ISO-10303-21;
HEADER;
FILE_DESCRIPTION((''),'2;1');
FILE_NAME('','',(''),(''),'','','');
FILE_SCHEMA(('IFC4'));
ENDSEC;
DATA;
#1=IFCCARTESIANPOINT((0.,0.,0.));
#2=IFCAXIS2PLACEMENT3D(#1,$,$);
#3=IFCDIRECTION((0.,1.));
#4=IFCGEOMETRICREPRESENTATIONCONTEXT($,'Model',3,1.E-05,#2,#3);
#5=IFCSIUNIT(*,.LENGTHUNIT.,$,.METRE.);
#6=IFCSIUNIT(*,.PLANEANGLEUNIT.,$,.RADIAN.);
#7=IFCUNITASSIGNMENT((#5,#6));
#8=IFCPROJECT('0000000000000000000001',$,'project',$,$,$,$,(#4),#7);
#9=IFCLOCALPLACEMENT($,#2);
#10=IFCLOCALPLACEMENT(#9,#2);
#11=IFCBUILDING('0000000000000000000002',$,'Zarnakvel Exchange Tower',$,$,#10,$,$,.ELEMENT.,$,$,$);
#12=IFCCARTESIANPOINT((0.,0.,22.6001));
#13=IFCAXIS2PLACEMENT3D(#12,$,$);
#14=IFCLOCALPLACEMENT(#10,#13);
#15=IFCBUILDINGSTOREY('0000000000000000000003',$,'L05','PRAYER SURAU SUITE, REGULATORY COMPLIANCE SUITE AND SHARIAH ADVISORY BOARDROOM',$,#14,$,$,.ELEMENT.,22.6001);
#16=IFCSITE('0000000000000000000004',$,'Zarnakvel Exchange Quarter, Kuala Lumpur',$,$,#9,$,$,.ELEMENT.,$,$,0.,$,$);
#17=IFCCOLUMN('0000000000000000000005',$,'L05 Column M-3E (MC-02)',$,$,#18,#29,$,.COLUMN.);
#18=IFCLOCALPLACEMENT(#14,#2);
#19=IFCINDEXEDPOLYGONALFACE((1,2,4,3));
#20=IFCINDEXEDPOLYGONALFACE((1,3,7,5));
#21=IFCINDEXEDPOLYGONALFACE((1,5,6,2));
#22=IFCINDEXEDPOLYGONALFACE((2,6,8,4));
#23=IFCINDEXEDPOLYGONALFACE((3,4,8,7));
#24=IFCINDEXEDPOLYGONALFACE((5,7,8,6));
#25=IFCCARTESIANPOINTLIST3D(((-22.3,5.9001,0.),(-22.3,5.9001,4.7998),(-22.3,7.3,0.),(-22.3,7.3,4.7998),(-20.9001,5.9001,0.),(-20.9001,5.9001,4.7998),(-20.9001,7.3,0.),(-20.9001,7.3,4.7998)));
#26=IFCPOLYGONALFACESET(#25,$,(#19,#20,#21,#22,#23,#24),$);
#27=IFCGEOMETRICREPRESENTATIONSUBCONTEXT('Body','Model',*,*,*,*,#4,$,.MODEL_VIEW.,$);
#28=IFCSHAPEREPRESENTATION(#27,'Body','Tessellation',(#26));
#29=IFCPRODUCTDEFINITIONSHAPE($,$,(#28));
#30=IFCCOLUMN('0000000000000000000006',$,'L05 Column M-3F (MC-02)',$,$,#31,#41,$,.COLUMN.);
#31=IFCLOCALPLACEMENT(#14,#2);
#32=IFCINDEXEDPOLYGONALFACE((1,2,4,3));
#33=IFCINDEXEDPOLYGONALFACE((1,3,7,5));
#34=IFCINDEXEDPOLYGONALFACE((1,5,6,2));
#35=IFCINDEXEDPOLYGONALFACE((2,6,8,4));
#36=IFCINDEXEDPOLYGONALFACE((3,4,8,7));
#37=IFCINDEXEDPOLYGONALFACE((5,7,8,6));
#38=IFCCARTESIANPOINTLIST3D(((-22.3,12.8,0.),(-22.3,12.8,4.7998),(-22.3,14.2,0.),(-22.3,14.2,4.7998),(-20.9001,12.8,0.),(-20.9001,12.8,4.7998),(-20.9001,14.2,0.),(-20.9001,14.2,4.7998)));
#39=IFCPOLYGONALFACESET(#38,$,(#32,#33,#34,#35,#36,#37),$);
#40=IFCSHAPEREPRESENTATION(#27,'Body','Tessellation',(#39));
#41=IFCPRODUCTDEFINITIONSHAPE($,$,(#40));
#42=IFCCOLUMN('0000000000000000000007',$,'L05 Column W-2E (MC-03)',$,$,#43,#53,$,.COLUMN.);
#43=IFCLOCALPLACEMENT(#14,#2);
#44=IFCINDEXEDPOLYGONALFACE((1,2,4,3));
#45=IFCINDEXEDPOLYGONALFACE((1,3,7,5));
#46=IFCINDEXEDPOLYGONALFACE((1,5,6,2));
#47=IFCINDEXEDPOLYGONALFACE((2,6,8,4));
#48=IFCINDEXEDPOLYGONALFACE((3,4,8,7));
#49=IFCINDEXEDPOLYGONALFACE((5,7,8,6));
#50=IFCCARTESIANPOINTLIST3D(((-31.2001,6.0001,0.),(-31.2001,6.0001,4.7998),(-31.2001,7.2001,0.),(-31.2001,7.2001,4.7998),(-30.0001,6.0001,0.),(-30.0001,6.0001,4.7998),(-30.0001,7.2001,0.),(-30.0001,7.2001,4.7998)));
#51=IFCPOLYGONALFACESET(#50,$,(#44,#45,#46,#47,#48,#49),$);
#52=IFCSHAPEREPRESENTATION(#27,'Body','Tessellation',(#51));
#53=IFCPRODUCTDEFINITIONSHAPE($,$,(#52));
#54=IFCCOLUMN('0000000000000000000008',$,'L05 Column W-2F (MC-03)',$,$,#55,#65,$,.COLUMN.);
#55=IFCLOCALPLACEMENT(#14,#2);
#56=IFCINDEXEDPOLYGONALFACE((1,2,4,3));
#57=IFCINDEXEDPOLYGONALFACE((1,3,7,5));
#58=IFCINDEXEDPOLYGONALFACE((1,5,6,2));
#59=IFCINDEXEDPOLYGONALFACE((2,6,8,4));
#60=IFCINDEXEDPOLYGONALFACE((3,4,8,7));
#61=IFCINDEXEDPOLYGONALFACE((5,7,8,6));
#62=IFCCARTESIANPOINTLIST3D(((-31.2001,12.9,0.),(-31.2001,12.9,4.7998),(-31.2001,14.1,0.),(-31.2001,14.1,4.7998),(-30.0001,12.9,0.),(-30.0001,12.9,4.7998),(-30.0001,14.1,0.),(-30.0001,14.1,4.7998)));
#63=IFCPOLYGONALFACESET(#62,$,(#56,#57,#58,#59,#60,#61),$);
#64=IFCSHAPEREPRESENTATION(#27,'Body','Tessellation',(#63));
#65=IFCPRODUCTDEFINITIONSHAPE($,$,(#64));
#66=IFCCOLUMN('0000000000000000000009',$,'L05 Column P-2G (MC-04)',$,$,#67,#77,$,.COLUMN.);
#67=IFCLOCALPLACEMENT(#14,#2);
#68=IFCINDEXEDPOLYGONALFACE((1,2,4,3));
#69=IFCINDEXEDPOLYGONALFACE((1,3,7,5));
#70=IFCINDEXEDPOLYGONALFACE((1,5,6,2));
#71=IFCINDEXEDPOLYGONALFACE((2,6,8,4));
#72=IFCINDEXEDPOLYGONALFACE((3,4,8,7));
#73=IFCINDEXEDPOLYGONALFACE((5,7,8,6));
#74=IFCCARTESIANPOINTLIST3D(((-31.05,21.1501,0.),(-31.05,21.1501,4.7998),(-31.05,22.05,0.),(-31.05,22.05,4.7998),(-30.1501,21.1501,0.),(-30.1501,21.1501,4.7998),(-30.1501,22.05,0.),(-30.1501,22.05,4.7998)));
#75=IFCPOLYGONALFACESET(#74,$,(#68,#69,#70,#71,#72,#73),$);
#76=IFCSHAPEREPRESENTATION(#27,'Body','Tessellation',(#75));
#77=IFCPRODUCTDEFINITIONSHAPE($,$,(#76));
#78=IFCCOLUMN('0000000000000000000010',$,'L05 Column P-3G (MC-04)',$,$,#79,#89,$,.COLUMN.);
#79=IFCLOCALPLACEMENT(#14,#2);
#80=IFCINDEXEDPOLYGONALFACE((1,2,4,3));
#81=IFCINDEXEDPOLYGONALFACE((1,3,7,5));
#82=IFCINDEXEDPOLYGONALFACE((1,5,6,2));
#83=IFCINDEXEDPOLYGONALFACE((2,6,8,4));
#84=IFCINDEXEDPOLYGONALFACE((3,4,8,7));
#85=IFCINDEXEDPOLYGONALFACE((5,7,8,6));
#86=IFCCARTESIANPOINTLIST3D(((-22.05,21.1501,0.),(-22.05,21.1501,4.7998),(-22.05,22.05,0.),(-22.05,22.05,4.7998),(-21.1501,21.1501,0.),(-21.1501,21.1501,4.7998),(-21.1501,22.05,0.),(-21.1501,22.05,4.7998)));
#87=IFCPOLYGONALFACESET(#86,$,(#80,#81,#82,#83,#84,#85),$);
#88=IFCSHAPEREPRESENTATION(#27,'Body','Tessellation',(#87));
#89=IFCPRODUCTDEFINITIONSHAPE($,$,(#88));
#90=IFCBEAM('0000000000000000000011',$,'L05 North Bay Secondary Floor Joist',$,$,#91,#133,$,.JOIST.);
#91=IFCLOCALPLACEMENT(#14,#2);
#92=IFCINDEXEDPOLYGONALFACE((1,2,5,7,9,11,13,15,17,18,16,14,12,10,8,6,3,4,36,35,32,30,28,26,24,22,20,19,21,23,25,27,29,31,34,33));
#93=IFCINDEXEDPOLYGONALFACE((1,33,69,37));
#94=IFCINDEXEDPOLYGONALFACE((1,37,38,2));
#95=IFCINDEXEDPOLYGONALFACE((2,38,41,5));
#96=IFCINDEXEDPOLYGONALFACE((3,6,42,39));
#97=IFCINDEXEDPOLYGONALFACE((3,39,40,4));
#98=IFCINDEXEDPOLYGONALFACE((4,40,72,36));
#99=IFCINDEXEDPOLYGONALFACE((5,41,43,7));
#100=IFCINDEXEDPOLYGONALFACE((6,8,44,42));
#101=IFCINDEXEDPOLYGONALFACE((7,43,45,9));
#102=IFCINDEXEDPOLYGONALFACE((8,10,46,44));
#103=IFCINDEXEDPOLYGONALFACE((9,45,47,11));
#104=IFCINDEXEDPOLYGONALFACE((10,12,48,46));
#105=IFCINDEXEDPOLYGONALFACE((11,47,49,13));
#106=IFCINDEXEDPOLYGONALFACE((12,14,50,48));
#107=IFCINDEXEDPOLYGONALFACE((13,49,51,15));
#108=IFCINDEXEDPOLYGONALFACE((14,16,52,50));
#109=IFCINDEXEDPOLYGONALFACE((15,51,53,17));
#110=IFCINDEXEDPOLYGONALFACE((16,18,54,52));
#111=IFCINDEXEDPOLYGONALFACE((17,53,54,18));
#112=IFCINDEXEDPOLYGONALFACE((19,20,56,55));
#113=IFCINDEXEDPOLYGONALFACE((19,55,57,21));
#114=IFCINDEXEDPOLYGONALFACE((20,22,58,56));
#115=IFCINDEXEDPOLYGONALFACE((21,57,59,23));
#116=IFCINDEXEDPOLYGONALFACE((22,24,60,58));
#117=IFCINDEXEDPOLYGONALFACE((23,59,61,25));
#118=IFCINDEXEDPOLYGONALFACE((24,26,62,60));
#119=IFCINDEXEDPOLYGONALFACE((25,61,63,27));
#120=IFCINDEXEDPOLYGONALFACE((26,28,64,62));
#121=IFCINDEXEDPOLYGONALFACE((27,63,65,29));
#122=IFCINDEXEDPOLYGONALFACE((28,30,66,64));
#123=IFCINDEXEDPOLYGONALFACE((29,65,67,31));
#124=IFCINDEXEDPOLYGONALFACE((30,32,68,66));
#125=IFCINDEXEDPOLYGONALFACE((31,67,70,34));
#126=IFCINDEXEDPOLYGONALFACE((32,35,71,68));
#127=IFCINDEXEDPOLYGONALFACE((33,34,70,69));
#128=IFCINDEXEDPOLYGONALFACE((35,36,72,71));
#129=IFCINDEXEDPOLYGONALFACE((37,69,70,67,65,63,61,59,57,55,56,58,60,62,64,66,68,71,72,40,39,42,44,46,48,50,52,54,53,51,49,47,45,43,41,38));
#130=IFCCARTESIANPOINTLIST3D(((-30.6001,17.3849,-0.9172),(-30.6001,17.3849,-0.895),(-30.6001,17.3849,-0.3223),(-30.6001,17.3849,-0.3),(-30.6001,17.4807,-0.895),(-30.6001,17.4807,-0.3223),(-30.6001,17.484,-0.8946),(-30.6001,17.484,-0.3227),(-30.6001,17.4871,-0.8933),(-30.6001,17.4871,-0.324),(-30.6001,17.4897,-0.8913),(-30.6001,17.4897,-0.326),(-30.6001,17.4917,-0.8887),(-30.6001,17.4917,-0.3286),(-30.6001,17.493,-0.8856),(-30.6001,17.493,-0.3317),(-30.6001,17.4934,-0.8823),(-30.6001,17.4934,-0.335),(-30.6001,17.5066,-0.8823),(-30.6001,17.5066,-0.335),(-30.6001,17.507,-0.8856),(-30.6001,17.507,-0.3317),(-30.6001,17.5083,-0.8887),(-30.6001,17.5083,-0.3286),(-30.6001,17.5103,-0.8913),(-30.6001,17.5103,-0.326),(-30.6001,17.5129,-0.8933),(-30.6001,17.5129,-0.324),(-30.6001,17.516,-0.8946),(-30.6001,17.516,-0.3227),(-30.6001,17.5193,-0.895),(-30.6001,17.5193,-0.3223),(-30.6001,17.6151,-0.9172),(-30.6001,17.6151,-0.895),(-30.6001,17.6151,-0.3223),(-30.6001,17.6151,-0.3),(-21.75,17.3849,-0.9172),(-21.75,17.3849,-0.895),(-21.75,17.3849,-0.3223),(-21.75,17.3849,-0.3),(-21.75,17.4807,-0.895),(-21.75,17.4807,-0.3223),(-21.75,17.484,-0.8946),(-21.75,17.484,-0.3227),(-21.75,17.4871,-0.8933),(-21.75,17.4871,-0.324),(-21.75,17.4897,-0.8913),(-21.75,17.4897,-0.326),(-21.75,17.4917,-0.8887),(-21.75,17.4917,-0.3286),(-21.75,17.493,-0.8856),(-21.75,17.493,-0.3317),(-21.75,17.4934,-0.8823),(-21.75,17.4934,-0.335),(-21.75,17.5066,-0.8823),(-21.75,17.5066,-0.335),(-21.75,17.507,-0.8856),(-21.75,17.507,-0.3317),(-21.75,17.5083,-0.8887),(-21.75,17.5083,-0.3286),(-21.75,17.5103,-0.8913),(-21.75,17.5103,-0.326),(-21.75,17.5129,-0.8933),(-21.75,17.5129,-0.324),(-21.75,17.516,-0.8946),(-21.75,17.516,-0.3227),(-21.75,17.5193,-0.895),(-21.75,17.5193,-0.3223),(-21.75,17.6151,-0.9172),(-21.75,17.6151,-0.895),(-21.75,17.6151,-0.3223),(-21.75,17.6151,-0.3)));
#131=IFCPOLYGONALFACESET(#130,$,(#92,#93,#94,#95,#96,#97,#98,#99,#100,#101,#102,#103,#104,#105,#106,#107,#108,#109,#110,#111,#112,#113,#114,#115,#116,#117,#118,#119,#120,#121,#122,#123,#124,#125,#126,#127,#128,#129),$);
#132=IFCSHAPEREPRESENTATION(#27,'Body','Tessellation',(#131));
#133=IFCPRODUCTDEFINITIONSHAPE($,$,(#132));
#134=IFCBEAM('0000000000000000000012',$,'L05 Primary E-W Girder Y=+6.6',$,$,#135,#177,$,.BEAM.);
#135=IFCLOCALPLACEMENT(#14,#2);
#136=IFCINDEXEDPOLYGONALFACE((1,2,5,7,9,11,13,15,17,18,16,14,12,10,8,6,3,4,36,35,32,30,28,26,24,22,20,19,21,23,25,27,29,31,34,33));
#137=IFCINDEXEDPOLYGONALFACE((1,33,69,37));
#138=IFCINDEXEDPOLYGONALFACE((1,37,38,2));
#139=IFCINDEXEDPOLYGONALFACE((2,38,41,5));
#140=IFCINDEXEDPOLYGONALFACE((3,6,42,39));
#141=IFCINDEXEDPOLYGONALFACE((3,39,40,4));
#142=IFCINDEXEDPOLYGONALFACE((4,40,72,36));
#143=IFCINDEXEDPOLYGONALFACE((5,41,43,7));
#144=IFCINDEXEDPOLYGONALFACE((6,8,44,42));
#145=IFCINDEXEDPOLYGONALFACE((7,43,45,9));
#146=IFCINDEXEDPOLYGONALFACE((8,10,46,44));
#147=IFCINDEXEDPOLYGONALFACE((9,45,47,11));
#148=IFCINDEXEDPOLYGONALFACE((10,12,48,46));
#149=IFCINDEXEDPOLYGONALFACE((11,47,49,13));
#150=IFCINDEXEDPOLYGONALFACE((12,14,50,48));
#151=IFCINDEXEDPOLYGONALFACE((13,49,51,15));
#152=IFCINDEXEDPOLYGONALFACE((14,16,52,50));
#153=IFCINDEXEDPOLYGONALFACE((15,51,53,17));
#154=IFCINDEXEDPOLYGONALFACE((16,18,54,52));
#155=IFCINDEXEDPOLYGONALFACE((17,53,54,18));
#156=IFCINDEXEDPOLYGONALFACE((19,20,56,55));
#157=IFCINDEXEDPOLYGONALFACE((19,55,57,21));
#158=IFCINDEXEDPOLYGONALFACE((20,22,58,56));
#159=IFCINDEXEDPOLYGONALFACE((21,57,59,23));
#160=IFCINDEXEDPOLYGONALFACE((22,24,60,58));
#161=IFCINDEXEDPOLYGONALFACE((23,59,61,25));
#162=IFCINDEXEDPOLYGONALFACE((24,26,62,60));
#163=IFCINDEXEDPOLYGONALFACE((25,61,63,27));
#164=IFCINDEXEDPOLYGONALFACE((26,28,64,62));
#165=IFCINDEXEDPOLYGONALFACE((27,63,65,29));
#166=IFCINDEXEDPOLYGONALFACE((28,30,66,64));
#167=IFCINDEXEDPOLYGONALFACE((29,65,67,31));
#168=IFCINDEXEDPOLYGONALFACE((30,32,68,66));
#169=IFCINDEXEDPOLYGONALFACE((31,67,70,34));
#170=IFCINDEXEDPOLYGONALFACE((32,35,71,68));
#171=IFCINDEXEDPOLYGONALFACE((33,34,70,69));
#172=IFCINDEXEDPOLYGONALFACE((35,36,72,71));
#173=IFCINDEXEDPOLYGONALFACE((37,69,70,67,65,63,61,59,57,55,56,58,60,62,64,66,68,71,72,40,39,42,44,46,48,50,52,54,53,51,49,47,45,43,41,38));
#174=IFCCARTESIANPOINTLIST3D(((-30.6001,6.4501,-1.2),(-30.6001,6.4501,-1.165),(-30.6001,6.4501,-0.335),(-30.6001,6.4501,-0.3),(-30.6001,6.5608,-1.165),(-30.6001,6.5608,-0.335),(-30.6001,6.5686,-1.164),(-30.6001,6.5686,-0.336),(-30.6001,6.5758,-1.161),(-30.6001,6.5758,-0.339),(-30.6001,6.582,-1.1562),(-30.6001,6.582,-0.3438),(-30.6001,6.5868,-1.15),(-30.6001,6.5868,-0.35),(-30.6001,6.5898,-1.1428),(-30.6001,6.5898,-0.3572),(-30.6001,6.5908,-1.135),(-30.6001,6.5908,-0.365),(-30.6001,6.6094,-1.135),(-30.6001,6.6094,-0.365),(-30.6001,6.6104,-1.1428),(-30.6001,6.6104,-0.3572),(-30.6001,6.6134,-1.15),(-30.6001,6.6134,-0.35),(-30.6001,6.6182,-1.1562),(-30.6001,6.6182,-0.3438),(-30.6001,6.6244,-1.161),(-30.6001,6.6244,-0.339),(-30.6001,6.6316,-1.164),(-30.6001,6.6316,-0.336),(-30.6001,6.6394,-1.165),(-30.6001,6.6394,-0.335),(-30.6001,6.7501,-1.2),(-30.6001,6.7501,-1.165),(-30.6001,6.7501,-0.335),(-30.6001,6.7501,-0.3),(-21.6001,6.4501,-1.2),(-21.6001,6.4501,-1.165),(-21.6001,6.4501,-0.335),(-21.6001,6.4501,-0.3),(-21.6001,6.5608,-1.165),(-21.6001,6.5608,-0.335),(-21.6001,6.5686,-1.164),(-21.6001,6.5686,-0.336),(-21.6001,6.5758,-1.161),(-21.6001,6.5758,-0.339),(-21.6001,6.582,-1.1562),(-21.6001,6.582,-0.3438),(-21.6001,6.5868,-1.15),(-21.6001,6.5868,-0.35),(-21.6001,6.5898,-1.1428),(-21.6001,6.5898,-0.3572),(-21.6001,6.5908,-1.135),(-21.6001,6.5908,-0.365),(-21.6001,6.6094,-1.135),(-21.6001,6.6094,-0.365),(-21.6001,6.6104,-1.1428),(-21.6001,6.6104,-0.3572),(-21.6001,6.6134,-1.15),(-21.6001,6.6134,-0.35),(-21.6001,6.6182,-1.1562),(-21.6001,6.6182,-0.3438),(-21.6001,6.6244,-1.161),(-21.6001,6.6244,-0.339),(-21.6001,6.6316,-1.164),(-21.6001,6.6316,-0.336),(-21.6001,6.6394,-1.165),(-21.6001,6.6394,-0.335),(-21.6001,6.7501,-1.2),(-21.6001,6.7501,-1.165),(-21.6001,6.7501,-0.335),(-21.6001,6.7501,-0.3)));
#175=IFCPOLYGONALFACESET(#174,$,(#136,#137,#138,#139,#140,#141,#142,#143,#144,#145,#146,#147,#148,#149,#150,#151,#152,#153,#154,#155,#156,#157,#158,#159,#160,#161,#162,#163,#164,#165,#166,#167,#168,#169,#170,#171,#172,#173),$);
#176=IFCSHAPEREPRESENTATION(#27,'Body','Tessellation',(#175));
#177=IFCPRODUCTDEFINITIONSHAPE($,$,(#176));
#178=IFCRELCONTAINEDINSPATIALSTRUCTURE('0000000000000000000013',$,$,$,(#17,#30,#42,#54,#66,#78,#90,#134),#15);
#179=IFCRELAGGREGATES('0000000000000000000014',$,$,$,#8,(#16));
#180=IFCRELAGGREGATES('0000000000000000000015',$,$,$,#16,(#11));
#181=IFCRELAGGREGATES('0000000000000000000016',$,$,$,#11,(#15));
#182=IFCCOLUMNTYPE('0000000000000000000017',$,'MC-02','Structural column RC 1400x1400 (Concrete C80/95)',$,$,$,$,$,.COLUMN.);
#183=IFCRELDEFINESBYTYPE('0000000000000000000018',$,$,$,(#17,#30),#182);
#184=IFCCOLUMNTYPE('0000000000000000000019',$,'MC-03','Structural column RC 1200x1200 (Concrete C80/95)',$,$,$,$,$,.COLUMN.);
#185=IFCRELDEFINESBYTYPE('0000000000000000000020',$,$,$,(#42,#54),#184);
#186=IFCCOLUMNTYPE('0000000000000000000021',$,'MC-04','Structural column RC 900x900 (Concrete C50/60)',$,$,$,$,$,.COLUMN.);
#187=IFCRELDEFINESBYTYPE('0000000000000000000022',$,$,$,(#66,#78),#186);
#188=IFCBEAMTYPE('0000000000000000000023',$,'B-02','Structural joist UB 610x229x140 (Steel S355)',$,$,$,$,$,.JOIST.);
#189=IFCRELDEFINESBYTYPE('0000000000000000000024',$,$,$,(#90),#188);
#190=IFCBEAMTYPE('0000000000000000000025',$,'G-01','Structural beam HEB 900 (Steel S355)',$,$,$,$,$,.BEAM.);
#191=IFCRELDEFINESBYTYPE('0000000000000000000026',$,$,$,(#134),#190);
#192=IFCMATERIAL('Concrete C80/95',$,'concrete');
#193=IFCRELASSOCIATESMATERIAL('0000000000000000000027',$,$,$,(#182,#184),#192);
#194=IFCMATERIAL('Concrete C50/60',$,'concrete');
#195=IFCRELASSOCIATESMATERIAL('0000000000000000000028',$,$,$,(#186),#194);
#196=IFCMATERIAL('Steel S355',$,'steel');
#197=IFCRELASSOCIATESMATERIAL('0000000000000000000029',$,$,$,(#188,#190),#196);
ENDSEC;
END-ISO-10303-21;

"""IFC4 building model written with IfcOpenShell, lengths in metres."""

from ifc_helpers import new_model, si_unit, direction, frame, origin, origin_2d, place, context, subcontext, project, spatial, rectangle, i_section, extrude, material, material_profile, profile_set, type_object, element, save


model = new_model("IFC4")

# Units and contexts
model_context = context("Model", 3, precision=1e-05, world=origin(), true_north=direction((0.0, 1.0)))
body_context = subcontext(model_context, "Body", "Model", "MODEL_VIEW")
ifc_project = project(units=[si_unit("LENGTHUNIT", "METRE"), si_unit("PLANEANGLEUNIT", "RADIAN")], contexts=[model_context])

# Site, building, storey
site_placement = place(None, origin())
site = spatial("IfcSite", under=ifc_project, at=site_placement, Name="Zarnakvel Exchange Quarter, Kuala Lumpur", CompositionType="ELEMENT", RefElevation=0.0)
building_placement = place(site_placement, origin())
building = spatial("IfcBuilding", under=site, at=building_placement, Name="Zarnakvel Exchange Tower", CompositionType="ELEMENT")
storey_placement = place(building_placement, frame((0.0, 0.0, 22.6001)))
storey = spatial("IfcBuildingStorey", under=building, at=storey_placement, Name="L05", Description="PRAYER SURAU SUITE, REGULATORY COMPLIANCE SUITE AND SHARIAH ADVISORY BOARDROOM", CompositionType="ELEMENT", Elevation=22.6001)

# Columns
ifc_material_1 = material(Name="Concrete C80/95", Category="concrete")
ifc_material_profile_1 = material_profile(ifc_material_1, rectangle(XDim=1.3999, YDim=1.3999, at=origin_2d()))
ifc_profile_set_1 = profile_set([ifc_material_profile_1], Name="Concrete C80/95")
column_type_1 = type_object("IfcColumnType", Name="MC-02", Description="Structural column RC 1400x1400 (Concrete C80/95)", PredefinedType="COLUMN", material=ifc_profile_set_1)
for number, where, z_axis, x_axis, name in (
    (1, (-21.6001, 6.6001, 0.0), (0.0, 0.0, 1.0), (1.0, 0.0, 0.0), "L05 Column M-3E (MC-02)"),
    (2, (-21.6001, 13.5, 0.0), (0.0, 0.0, 1.0), (1.0, 0.0, 0.0), "L05 Column M-3F (MC-02)"),
):
    element("IfcColumn", number, at=place(storey_placement, frame(where, z_axis=z_axis, x_axis=x_axis)), inside=storey, type_object=column_type_1, Name=name, PredefinedType="COLUMN", context=body_context, shape_type="SweptSolid", body=[
        extrude(rectangle(XDim=1.3999, YDim=1.3999, at=origin_2d()), origin(), (0.0, 0.0, 1.0), 4.7998),
    ])
ifc_material_profile_2 = material_profile(ifc_material_1, rectangle(XDim=1.2, YDim=1.2, at=origin_2d()))
ifc_profile_set_2 = profile_set([ifc_material_profile_2], Name="Concrete C80/95")
column_type_2 = type_object("IfcColumnType", Name="MC-03", Description="Structural column RC 1200x1200 (Concrete C80/95)", PredefinedType="COLUMN", material=ifc_profile_set_2)
for number, where, z_axis, x_axis, name in (
    (3, (-30.6001, 6.6001, 0.0), (0.0, 0.0, 1.0), (1.0, 0.0, 0.0), "L05 Column W-2E (MC-03)"),
    (4, (-30.6001, 13.5, 0.0), (0.0, 0.0, 1.0), (1.0, 0.0, 0.0), "L05 Column W-2F (MC-03)"),
):
    element("IfcColumn", number, at=place(storey_placement, frame(where, z_axis=z_axis, x_axis=x_axis)), inside=storey, type_object=column_type_2, Name=name, PredefinedType="COLUMN", context=body_context, shape_type="SweptSolid", body=[
        extrude(rectangle(XDim=1.2, YDim=1.2, at=origin_2d()), origin(), (0.0, 0.0, 1.0), 4.7998),
    ])
ifc_material_2 = material(Name="Concrete C50/60", Category="concrete")
ifc_material_profile_3 = material_profile(ifc_material_2, rectangle(XDim=0.8999, YDim=0.8999, at=origin_2d()))
ifc_profile_set_3 = profile_set([ifc_material_profile_3], Name="Concrete C50/60")
column_type_3 = type_object("IfcColumnType", Name="MC-04", Description="Structural column RC 900x900 (Concrete C50/60)", PredefinedType="COLUMN", material=ifc_profile_set_3)
for number, where, z_axis, x_axis, name in (
    (5, (-30.6001, 21.6001, 0.0), (0.0, 0.0, 1.0), (1.0, 0.0, 0.0), "L05 Column P-2G (MC-04)"),
    (6, (-21.6001, 21.6001, 0.0), (0.0, 0.0, 1.0), (1.0, 0.0, 0.0), "L05 Column P-3G (MC-04)"),
):
    element("IfcColumn", number, at=place(storey_placement, frame(where, z_axis=z_axis, x_axis=x_axis)), inside=storey, type_object=column_type_3, Name=name, PredefinedType="COLUMN", context=body_context, shape_type="SweptSolid", body=[
        extrude(rectangle(XDim=0.8999, YDim=0.8999, at=origin_2d()), origin(), (0.0, 0.0, 1.0), 4.7998),
    ])

# Beams
ifc_material_3 = material(Name="Steel S355", Category="steel")
ifc_material_profile_4 = material_profile(ifc_material_3, i_section(OverallWidth=0.2302, OverallDepth=0.6172, WebThickness=0.0132, FlangeThickness=0.0222, FilletRadius=0.0127, at=origin_2d()))
ifc_profile_set_4 = profile_set([ifc_material_profile_4], Name="Steel S355")
beam_type_1 = type_object("IfcBeamType", Name="B-02", Description="Structural joist UB 610x229x140 (Steel S355)", PredefinedType="JOIST", material=ifc_profile_set_4)
beam_1_placement = place(storey_placement, frame((-30.6001, 17.5, -0.6086), z_axis=(1.0, 0.0, 0.0), x_axis=(0.0, 1.0, 0.0)))
element("IfcBeam", 7, at=beam_1_placement, inside=storey, type_object=beam_type_1, Name="L05 North Bay Secondary Floor Joist", PredefinedType="JOIST", context=body_context, shape_type="SweptSolid", body=[
    extrude(i_section(OverallWidth=0.2302, OverallDepth=0.6172, WebThickness=0.0132, FlangeThickness=0.0222, FilletRadius=0.0127, at=origin_2d()), origin(), (0.0, 0.0, 1.0), 8.8501),
])
ifc_material_profile_5 = material_profile(ifc_material_3, i_section(OverallWidth=0.3, OverallDepth=0.8999, WebThickness=0.0186, FlangeThickness=0.0349, FilletRadius=0.03, at=origin_2d()))
ifc_profile_set_5 = profile_set([ifc_material_profile_5], Name="Steel S355")
beam_type_2 = type_object("IfcBeamType", Name="G-01", Description="Structural beam HEB 900 (Steel S355)", PredefinedType="BEAM", material=ifc_profile_set_5)
beam_2_placement = place(storey_placement, frame((-30.6001, 6.6001, -0.75), z_axis=(1.0, 0.0, 0.0), x_axis=(0.0, 1.0, 0.0)))
element("IfcBeam", 8, at=beam_2_placement, inside=storey, type_object=beam_type_2, Name="L05 Primary E-W Girder Y=+6.6", PredefinedType="BEAM", context=body_context, shape_type="SweptSolid", body=[
    extrude(i_section(OverallWidth=0.3, OverallDepth=0.8999, WebThickness=0.0186, FlangeThickness=0.0349, FilletRadius=0.03, at=origin_2d()), origin(), (0.0, 0.0, 1.0), 9.0),
])

save(model, "model.ifc")
